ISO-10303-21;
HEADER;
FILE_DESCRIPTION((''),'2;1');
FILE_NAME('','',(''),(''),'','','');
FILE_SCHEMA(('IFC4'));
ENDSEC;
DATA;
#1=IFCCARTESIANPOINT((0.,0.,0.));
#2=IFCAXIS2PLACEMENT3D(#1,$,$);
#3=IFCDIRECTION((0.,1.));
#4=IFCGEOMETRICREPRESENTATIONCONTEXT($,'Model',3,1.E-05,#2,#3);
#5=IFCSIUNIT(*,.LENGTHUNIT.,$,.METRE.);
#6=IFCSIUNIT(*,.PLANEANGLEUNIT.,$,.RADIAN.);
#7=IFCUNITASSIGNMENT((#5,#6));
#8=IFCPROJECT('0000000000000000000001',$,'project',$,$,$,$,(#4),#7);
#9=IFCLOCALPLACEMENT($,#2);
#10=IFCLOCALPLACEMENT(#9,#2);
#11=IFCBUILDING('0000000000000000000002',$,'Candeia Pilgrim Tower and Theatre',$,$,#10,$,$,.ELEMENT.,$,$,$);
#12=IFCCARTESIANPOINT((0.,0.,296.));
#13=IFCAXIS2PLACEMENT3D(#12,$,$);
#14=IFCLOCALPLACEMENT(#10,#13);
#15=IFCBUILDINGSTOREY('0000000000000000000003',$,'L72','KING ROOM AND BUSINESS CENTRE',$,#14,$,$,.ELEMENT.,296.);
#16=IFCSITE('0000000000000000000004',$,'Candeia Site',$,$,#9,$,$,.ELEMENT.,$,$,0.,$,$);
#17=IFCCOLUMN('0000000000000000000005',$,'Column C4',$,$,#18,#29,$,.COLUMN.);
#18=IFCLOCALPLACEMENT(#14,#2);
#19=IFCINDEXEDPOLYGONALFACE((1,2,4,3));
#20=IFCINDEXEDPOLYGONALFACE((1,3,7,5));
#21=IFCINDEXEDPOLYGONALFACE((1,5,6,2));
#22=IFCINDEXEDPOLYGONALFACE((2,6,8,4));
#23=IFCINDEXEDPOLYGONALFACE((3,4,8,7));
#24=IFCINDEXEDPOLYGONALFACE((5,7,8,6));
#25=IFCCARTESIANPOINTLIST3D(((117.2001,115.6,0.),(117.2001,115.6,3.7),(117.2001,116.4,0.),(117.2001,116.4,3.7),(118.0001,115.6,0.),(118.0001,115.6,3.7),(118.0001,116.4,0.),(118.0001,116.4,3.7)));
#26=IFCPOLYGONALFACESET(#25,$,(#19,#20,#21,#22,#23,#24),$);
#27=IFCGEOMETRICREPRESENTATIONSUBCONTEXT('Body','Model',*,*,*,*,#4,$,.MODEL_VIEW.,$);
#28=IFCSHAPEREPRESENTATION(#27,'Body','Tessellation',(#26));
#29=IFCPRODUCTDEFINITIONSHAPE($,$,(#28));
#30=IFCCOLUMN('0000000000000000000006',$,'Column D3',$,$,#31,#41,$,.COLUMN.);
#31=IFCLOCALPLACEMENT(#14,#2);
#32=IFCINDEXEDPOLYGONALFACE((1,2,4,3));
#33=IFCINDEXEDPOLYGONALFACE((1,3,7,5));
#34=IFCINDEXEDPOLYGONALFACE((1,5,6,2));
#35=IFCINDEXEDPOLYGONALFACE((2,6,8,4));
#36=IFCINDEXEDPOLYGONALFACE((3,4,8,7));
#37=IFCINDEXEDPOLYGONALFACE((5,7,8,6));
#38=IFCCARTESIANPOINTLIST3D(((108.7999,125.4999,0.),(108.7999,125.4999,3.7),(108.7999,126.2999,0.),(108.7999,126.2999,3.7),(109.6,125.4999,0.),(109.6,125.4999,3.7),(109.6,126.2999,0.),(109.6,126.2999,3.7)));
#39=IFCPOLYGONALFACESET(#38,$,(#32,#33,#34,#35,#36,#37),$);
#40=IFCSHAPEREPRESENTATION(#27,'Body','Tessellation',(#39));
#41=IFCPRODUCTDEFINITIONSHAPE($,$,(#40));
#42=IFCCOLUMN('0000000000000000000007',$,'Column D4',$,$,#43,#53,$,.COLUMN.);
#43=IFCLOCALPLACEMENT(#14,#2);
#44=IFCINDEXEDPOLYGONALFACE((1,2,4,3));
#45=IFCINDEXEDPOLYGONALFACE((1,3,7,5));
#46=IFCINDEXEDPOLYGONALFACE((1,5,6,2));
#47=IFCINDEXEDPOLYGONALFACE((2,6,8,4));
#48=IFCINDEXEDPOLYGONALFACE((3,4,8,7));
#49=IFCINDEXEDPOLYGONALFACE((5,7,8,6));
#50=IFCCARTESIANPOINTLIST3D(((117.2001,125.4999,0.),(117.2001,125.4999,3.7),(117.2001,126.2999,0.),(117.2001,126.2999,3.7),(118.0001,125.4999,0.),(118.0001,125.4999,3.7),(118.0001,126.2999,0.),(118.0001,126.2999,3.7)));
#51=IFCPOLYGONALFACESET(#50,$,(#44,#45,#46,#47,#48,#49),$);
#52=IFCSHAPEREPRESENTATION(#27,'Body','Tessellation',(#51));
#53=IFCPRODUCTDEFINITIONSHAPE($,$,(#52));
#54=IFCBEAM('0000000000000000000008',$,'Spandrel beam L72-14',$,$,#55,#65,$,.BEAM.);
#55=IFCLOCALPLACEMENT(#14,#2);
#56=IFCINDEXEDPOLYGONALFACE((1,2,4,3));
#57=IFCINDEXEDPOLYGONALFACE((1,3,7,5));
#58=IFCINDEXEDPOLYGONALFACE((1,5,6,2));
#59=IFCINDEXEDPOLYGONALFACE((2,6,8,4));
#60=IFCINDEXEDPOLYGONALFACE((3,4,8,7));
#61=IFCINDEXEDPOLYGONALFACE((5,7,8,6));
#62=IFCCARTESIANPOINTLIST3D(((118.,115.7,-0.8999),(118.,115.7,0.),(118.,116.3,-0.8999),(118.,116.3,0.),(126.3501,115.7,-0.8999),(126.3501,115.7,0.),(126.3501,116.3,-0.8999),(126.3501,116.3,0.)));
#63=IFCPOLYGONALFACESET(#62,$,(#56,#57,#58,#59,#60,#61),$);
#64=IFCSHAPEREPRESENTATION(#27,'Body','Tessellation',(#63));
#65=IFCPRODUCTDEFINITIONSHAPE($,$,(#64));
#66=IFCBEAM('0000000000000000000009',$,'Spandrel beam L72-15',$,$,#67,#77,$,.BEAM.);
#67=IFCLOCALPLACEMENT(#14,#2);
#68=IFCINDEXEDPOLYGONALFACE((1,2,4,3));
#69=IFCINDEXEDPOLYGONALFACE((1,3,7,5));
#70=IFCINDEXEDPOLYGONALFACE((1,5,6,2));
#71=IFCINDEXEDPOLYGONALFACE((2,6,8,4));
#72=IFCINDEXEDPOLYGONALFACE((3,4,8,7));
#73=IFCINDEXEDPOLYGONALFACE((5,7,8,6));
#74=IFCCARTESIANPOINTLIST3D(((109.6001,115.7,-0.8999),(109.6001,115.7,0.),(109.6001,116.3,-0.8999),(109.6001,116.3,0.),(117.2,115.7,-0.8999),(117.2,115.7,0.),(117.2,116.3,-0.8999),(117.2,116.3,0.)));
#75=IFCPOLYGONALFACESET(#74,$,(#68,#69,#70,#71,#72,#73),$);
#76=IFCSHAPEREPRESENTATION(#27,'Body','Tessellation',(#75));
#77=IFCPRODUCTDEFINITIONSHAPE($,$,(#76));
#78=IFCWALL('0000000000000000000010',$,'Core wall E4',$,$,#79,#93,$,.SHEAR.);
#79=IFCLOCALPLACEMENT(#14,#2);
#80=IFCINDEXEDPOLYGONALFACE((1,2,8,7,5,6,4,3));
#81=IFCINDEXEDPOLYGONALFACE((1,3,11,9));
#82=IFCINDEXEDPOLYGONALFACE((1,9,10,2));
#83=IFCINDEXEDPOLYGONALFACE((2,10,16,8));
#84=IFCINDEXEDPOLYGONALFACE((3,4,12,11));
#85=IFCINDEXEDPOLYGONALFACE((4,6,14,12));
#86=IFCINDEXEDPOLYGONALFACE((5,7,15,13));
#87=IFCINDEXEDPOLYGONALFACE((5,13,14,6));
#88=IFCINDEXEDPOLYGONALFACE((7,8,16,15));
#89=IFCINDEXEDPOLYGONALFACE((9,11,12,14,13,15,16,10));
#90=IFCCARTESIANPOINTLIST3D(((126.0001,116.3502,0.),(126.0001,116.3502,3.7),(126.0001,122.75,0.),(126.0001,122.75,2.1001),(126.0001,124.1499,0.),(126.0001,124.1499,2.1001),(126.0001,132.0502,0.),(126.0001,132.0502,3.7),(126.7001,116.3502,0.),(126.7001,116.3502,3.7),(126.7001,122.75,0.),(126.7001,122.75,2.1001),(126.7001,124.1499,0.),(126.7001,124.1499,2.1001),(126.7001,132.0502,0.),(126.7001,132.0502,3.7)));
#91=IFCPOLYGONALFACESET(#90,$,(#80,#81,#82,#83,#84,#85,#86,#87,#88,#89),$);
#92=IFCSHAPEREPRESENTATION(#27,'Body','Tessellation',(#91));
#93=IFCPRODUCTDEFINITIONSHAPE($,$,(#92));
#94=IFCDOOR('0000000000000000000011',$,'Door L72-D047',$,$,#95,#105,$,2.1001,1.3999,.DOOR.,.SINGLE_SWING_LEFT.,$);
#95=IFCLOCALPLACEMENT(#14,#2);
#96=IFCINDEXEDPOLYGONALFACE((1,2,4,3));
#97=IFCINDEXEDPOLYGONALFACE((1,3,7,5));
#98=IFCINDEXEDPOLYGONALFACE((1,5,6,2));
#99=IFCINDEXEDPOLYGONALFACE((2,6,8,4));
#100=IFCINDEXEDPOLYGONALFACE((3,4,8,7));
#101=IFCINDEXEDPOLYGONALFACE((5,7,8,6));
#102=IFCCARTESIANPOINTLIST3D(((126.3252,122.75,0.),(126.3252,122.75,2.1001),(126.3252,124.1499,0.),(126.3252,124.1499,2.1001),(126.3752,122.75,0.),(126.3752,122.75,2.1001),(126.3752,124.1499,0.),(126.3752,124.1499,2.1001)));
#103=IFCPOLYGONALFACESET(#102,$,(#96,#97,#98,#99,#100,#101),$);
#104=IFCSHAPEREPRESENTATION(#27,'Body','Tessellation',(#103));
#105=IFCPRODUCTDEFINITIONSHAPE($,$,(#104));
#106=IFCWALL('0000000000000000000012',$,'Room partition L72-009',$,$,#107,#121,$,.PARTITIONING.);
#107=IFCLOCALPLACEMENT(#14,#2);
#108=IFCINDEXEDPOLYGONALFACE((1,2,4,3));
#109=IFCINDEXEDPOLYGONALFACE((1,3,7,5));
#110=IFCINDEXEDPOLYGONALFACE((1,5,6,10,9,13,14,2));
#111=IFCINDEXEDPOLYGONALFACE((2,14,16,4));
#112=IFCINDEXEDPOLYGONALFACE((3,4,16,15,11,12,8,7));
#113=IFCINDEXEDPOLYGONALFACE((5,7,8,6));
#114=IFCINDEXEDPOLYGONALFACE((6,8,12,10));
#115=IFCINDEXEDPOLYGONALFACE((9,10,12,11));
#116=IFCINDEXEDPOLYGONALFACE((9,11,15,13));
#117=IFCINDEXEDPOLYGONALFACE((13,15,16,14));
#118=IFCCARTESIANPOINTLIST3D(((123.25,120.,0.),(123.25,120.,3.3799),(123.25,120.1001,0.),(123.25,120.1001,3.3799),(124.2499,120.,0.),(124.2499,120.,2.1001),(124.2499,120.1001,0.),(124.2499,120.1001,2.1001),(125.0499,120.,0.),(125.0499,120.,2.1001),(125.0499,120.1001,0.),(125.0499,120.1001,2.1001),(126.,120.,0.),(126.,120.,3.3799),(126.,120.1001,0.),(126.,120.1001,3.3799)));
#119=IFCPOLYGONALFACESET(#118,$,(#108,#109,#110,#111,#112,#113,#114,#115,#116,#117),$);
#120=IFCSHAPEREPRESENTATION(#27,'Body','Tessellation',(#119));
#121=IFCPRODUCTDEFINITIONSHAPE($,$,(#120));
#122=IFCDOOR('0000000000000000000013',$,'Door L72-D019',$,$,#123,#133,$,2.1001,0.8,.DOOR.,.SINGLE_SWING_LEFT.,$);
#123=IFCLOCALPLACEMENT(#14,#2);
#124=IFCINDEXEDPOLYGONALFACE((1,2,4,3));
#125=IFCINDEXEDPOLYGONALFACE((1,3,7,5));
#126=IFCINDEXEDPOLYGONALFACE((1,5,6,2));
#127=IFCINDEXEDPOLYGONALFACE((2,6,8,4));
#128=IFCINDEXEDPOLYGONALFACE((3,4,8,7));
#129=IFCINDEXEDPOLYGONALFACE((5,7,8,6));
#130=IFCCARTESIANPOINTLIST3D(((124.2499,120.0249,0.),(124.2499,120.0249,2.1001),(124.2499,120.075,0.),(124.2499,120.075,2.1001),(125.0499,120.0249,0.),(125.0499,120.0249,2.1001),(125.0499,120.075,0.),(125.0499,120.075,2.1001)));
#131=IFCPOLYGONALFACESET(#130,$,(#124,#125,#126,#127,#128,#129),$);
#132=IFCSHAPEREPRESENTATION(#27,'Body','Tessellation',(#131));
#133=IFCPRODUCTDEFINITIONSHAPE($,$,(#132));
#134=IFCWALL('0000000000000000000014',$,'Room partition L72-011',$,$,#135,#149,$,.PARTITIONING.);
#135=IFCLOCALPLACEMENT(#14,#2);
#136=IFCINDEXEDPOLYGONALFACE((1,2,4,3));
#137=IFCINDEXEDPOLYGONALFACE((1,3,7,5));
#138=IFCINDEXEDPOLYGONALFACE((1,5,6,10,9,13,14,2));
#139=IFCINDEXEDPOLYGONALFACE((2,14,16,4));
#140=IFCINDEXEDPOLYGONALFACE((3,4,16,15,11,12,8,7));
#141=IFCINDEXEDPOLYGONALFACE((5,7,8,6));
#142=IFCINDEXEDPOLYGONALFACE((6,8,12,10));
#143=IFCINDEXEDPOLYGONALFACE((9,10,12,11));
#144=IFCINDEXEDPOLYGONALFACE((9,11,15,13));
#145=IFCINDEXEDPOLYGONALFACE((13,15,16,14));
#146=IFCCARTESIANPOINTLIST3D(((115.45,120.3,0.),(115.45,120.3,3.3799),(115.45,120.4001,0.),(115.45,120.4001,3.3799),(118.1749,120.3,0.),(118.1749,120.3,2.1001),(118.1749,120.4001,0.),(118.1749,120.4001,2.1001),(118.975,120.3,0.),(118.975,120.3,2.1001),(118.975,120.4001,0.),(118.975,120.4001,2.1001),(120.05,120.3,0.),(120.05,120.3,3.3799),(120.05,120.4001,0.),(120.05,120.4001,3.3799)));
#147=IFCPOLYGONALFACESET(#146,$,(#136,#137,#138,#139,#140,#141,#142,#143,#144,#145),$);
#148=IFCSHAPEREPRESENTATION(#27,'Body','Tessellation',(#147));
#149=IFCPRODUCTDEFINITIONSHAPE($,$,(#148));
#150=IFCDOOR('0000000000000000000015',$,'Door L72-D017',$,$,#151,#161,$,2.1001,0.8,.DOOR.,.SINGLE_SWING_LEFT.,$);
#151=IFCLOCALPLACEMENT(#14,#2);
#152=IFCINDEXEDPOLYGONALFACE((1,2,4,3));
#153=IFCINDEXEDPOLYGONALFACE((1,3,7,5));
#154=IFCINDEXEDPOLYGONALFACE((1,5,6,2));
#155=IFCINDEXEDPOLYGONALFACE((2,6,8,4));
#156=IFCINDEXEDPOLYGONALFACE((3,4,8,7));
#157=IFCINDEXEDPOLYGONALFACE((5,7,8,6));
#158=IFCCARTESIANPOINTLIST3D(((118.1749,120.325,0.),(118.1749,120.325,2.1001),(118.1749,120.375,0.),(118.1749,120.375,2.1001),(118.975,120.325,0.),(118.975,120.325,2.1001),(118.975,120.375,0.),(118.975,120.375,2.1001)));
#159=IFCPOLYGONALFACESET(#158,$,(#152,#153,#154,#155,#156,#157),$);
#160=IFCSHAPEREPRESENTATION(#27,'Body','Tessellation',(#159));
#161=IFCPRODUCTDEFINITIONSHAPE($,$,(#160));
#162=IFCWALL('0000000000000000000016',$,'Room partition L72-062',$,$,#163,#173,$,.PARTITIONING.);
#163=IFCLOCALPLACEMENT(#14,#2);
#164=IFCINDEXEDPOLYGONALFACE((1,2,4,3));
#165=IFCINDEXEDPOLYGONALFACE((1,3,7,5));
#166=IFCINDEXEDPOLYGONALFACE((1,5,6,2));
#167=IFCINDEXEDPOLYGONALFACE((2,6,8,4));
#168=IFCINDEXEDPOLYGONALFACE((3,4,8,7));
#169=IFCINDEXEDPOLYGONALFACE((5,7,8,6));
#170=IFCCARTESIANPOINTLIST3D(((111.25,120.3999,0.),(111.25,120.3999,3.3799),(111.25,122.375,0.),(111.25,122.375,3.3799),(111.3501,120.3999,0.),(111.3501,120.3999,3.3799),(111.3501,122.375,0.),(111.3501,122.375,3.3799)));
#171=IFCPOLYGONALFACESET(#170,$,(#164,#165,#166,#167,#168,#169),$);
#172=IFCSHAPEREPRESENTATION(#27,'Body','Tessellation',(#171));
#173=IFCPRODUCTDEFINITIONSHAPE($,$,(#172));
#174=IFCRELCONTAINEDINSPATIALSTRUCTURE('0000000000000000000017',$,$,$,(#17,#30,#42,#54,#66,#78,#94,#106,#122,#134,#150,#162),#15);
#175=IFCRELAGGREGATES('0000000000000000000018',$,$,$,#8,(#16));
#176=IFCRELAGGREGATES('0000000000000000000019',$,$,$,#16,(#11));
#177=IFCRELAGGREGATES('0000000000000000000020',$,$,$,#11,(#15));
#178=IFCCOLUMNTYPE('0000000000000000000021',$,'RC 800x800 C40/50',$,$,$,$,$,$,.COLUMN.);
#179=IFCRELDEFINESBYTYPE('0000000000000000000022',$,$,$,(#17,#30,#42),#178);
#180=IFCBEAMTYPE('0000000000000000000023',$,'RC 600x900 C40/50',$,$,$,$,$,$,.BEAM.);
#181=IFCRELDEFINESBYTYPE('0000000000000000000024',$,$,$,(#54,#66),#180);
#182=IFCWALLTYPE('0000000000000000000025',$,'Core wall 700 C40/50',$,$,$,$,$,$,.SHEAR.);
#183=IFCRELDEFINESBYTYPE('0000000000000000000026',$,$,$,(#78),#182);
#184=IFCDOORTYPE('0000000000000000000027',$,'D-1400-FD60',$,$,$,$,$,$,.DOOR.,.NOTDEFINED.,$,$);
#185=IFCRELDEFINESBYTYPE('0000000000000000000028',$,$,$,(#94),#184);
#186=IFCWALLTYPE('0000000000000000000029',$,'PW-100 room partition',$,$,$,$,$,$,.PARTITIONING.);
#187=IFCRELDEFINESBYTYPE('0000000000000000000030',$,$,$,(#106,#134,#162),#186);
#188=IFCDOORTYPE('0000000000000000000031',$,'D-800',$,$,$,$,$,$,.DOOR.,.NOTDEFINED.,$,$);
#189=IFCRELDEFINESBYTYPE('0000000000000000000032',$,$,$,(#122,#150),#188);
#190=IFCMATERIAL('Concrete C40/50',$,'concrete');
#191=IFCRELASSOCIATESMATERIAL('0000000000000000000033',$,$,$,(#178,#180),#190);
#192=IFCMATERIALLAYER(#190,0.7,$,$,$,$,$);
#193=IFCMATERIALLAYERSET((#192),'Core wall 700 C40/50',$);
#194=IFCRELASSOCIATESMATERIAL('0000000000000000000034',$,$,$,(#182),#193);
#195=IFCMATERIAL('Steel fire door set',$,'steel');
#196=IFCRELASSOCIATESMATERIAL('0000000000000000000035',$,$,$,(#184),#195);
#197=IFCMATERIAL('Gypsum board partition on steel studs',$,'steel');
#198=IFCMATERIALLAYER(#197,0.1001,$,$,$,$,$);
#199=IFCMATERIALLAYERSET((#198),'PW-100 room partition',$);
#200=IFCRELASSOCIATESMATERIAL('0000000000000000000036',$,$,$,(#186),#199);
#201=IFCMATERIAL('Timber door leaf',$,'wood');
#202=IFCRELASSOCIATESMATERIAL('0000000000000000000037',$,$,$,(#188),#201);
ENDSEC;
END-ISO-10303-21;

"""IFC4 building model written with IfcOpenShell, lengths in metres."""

from ifc_helpers import new_model, si_unit, direction, frame, frame_2d, origin, origin_2d, place, context, subcontext, project, spatial, rectangle, extrude, material, layer, layer_set, material_profile, profile_set, type_object, element, fill, save


model = new_model("IFC4")

# Units and contexts
model_context = context("Model", 3, precision=1e-05, world=origin(), true_north=direction((0.0, 1.0)))
body_context = subcontext(model_context, "Body", "Model", "MODEL_VIEW")
ifc_project = project(units=[si_unit("LENGTHUNIT", "METRE"), si_unit("PLANEANGLEUNIT", "RADIAN")], contexts=[model_context])

# Site, building, storey
site_placement = place(None, origin())
site = spatial("IfcSite", under=ifc_project, at=site_placement, Name="Candeia Site", CompositionType="ELEMENT", RefElevation=0.0)
building_placement = place(site_placement, origin())
building = spatial("IfcBuilding", under=site, at=building_placement, Name="Candeia Pilgrim Tower and Theatre", CompositionType="ELEMENT")
storey_placement = place(building_placement, frame((0.0, 0.0, 296.0)))
storey = spatial("IfcBuildingStorey", under=building, at=storey_placement, Name="L72", Description="KING ROOM AND BUSINESS CENTRE", CompositionType="ELEMENT", Elevation=296.0)

# Columns
ifc_material_1 = material(Name="Concrete C40/50", Category="concrete")
ifc_material_profile_1 = material_profile(ifc_material_1, rectangle(XDim=0.8, YDim=0.8, at=origin_2d()))
ifc_profile_set_1 = profile_set([ifc_material_profile_1], Name="Concrete C40/50")
column_type = type_object("IfcColumnType", Name="RC 800x800 C40/50", PredefinedType="COLUMN", material=ifc_profile_set_1)
for number, where, z_axis, x_axis, name in (
    (1, (117.6001, 116.0, 0.0), (0.0, 0.0, 1.0), (1.0, 0.0, 0.0), "Column C4"),
    (2, (109.2, 125.8999, 0.0), (0.0, 0.0, 1.0), (1.0, 0.0, 0.0), "Column D3"),
    (3, (117.6001, 125.8999, 0.0), (0.0, 0.0, 1.0), (1.0, 0.0, 0.0), "Column D4"),
):
    element("IfcColumn", number, at=place(storey_placement, frame(where, z_axis=z_axis, x_axis=x_axis)), inside=storey, type_object=column_type, Name=name, PredefinedType="COLUMN", context=body_context, shape_type="SweptSolid", body=[
        extrude(rectangle(XDim=0.8, YDim=0.8, at=origin_2d()), origin(), (0.0, 0.0, 1.0), 3.7),
    ])

# Beams
ifc_material_profile_2 = material_profile(ifc_material_1, rectangle(XDim=0.6001, YDim=0.8999, at=origin_2d()))
ifc_profile_set_2 = profile_set([ifc_material_profile_2], Name="Concrete C40/50")
beam_type = type_object("IfcBeamType", Name="RC 600x900 C40/50", PredefinedType="BEAM", material=ifc_profile_set_2)
beam_1_placement = place(storey_placement, frame((126.3501, 116.0, -0.45), z_axis=(-1.0, 0.0, 0.0), x_axis=(0.0, -1.0, 0.0)))
element("IfcBeam", 4, at=beam_1_placement, inside=storey, type_object=beam_type, Name="Spandrel beam L72-14", PredefinedType="BEAM", context=body_context, shape_type="SweptSolid", body=[
    extrude(rectangle(XDim=0.6001, YDim=0.8999, at=origin_2d()), origin(), (0.0, 0.0, 1.0), 8.3501),
])
beam_2_placement = place(storey_placement, frame((117.2, 116.0, -0.45), z_axis=(-1.0, 0.0, 0.0), x_axis=(0.0, -1.0, 0.0)))
element("IfcBeam", 5, at=beam_2_placement, inside=storey, type_object=beam_type, Name="Spandrel beam L72-15", PredefinedType="BEAM", context=body_context, shape_type="SweptSolid", body=[
    extrude(rectangle(XDim=0.6001, YDim=0.8999, at=origin_2d()), origin(), (0.0, 0.0, 1.0), 7.5999),
])

# Walls, openings, doors
ifc_layer_1 = layer(ifc_material_1, 0.7)
ifc_layer_set_1 = layer_set([ifc_layer_1], Name="Core wall 700 C40/50")
wall_type_1 = type_object("IfcWallType", Name="Core wall 700 C40/50", PredefinedType="SHEAR", material=ifc_layer_set_1)
wall_1_placement = place(storey_placement, frame((126.3501, 116.3501, 0.0), z_axis=(0.0, 0.0, 1.0), x_axis=(0.0, 1.0, 0.0)))
wall_1 = element("IfcWall", 6, at=wall_1_placement, inside=storey, type_object=wall_type_1, Name="Core wall E4", PredefinedType="SHEAR", context=body_context, shape_type="SweptSolid", body=[
    extrude(rectangle(XDim=15.7, YDim=0.7, at=frame_2d((7.8501, 0.0))), origin(), (0.0, 0.0, 1.0), 3.7),
])
opening_1_placement = place(wall_1_placement, frame((6.3999, 0.0, 0.0)))
opening_1 = element("IfcOpeningElement", 7, at=opening_1_placement, cuts=wall_1, PredefinedType="OPENING", context=body_context, shape_type="SweptSolid", body=[
    extrude(rectangle(XDim=1.3999, YDim=2.1001, at=frame_2d((0.7, 1.05))), frame((0.0, 0.3599, 0.0), z_axis=(0.0, -1.0, 0.0), x_axis=(1.0, 0.0, 0.0)), (0.0, 0.0, 1.0), 0.72),
])
ifc_material_2 = material(Name="Steel fire door set", Category="steel")
door_type_1 = type_object("IfcDoorType", Name="D-1400-FD60", OperationType="NOTDEFINED", PredefinedType="DOOR", material=ifc_material_2)
door_1_placement = place(opening_1_placement, origin())
door_1 = element("IfcDoor", 8, at=door_1_placement, inside=storey, type_object=door_type_1, Name="Door L72-D047", OperationType="SINGLE_SWING_LEFT", OverallHeight=2.1001, OverallWidth=1.3999, PredefinedType="DOOR", context=body_context, shape_type="SweptSolid", body=[
    extrude(rectangle(XDim=1.3999, YDim=2.1001, at=frame_2d((0.7, 1.05))), frame((0.0, 0.0249, 0.0), z_axis=(0.0, -1.0, 0.0), x_axis=(1.0, 0.0, 0.0)), (0.0, 0.0, 1.0), 0.05),
])
fill(opening_1, door_1)
ifc_material_3 = material(Name="Gypsum board partition on steel studs", Category="steel")
ifc_layer_2 = layer(ifc_material_3, 0.1001)
ifc_layer_set_2 = layer_set([ifc_layer_2], Name="PW-100 room partition")
wall_type_2 = type_object("IfcWallType", Name="PW-100 room partition", PredefinedType="PARTITIONING", material=ifc_layer_set_2)
wall_2_placement = place(storey_placement, frame((123.25, 120.05, 0.0), z_axis=(0.0, 0.0, 1.0), x_axis=(1.0, 0.0, 0.0)))
wall_2 = element("IfcWall", 9, at=wall_2_placement, inside=storey, type_object=wall_type_2, Name="Room partition L72-009", PredefinedType="PARTITIONING", context=body_context, shape_type="SweptSolid", body=[
    extrude(rectangle(XDim=2.75, YDim=0.1001, at=frame_2d((1.375, 0.0))), origin(), (0.0, 0.0, 1.0), 3.3799),
])
opening_2_placement = place(wall_2_placement, frame((1.0, 0.0, 0.0)))
opening_2 = element("IfcOpeningElement", 10, at=opening_2_placement, cuts=wall_2, PredefinedType="OPENING", context=body_context, shape_type="SweptSolid", body=[
    extrude(rectangle(XDim=0.8, YDim=2.1001, at=frame_2d((0.3999, 1.05))), frame((0.0, 0.0601, 0.0), z_axis=(0.0, -1.0, 0.0), x_axis=(1.0, 0.0, 0.0)), (0.0, 0.0, 1.0), 0.1201),
])
ifc_material_4 = material(Name="Timber door leaf", Category="wood")
door_type_2 = type_object("IfcDoorType", Name="D-800", OperationType="NOTDEFINED", PredefinedType="DOOR", material=ifc_material_4)
door_2_placement = place(opening_2_placement, origin())
door_2 = element("IfcDoor", 11, at=door_2_placement, inside=storey, type_object=door_type_2, Name="Door L72-D019", OperationType="SINGLE_SWING_LEFT", OverallHeight=2.1001, OverallWidth=0.8, PredefinedType="DOOR", context=body_context, shape_type="SweptSolid", body=[
    extrude(rectangle(XDim=0.8, YDim=2.1001, at=frame_2d((0.3999, 1.05))), frame((0.0, 0.0249, 0.0), z_axis=(0.0, -1.0, 0.0), x_axis=(1.0, 0.0, 0.0)), (0.0, 0.0, 1.0), 0.05),
])
fill(opening_2, door_2)
wall_3_placement = place(storey_placement, frame((115.45, 120.3501, 0.0), z_axis=(0.0, 0.0, 1.0), x_axis=(1.0, 0.0, 0.0)))
wall_3 = element("IfcWall", 12, at=wall_3_placement, inside=storey, type_object=wall_type_2, Name="Room partition L72-011", PredefinedType="PARTITIONING", context=body_context, shape_type="SweptSolid", body=[
    extrude(rectangle(XDim=4.6001, YDim=0.1001, at=frame_2d((2.3, 0.0))), origin(), (0.0, 0.0, 1.0), 3.3799),
])
opening_3_placement = place(wall_3_placement, frame((2.7251, 0.0, 0.0)))
opening_3 = element("IfcOpeningElement", 13, at=opening_3_placement, cuts=wall_3, PredefinedType="OPENING", context=body_context, shape_type="SweptSolid", body=[
    extrude(rectangle(XDim=0.8, YDim=2.1001, at=frame_2d((0.3999, 1.05))), frame((0.0, 0.0601, 0.0), z_axis=(0.0, -1.0, 0.0), x_axis=(1.0, 0.0, 0.0)), (0.0, 0.0, 1.0), 0.1201),
])
door_3_placement = place(opening_3_placement, origin())
door_3 = element("IfcDoor", 14, at=door_3_placement, inside=storey, type_object=door_type_2, Name="Door L72-D017", OperationType="SINGLE_SWING_LEFT", OverallHeight=2.1001, OverallWidth=0.8, PredefinedType="DOOR", context=body_context, shape_type="SweptSolid", body=[
    extrude(rectangle(XDim=0.8, YDim=2.1001, at=frame_2d((0.3999, 1.05))), frame((0.0, 0.0249, 0.0), z_axis=(0.0, -1.0, 0.0), x_axis=(1.0, 0.0, 0.0)), (0.0, 0.0, 1.0), 0.05),
])
fill(opening_3, door_3)

# Wall
wall_4_placement = place(storey_placement, frame((111.3, 120.3999, 0.0), z_axis=(0.0, 0.0, 1.0), x_axis=(0.0, 1.0, 0.0)))
element("IfcWall", 15, at=wall_4_placement, inside=storey, type_object=wall_type_2, Name="Room partition L72-062", PredefinedType="PARTITIONING", context=body_context, shape_type="SweptSolid", body=[
    extrude(rectangle(XDim=1.9751, YDim=0.1001, at=frame_2d((0.9875, 0.0))), origin(), (0.0, 0.0, 1.0), 3.3799),
])

save(model, "model.ifc")
